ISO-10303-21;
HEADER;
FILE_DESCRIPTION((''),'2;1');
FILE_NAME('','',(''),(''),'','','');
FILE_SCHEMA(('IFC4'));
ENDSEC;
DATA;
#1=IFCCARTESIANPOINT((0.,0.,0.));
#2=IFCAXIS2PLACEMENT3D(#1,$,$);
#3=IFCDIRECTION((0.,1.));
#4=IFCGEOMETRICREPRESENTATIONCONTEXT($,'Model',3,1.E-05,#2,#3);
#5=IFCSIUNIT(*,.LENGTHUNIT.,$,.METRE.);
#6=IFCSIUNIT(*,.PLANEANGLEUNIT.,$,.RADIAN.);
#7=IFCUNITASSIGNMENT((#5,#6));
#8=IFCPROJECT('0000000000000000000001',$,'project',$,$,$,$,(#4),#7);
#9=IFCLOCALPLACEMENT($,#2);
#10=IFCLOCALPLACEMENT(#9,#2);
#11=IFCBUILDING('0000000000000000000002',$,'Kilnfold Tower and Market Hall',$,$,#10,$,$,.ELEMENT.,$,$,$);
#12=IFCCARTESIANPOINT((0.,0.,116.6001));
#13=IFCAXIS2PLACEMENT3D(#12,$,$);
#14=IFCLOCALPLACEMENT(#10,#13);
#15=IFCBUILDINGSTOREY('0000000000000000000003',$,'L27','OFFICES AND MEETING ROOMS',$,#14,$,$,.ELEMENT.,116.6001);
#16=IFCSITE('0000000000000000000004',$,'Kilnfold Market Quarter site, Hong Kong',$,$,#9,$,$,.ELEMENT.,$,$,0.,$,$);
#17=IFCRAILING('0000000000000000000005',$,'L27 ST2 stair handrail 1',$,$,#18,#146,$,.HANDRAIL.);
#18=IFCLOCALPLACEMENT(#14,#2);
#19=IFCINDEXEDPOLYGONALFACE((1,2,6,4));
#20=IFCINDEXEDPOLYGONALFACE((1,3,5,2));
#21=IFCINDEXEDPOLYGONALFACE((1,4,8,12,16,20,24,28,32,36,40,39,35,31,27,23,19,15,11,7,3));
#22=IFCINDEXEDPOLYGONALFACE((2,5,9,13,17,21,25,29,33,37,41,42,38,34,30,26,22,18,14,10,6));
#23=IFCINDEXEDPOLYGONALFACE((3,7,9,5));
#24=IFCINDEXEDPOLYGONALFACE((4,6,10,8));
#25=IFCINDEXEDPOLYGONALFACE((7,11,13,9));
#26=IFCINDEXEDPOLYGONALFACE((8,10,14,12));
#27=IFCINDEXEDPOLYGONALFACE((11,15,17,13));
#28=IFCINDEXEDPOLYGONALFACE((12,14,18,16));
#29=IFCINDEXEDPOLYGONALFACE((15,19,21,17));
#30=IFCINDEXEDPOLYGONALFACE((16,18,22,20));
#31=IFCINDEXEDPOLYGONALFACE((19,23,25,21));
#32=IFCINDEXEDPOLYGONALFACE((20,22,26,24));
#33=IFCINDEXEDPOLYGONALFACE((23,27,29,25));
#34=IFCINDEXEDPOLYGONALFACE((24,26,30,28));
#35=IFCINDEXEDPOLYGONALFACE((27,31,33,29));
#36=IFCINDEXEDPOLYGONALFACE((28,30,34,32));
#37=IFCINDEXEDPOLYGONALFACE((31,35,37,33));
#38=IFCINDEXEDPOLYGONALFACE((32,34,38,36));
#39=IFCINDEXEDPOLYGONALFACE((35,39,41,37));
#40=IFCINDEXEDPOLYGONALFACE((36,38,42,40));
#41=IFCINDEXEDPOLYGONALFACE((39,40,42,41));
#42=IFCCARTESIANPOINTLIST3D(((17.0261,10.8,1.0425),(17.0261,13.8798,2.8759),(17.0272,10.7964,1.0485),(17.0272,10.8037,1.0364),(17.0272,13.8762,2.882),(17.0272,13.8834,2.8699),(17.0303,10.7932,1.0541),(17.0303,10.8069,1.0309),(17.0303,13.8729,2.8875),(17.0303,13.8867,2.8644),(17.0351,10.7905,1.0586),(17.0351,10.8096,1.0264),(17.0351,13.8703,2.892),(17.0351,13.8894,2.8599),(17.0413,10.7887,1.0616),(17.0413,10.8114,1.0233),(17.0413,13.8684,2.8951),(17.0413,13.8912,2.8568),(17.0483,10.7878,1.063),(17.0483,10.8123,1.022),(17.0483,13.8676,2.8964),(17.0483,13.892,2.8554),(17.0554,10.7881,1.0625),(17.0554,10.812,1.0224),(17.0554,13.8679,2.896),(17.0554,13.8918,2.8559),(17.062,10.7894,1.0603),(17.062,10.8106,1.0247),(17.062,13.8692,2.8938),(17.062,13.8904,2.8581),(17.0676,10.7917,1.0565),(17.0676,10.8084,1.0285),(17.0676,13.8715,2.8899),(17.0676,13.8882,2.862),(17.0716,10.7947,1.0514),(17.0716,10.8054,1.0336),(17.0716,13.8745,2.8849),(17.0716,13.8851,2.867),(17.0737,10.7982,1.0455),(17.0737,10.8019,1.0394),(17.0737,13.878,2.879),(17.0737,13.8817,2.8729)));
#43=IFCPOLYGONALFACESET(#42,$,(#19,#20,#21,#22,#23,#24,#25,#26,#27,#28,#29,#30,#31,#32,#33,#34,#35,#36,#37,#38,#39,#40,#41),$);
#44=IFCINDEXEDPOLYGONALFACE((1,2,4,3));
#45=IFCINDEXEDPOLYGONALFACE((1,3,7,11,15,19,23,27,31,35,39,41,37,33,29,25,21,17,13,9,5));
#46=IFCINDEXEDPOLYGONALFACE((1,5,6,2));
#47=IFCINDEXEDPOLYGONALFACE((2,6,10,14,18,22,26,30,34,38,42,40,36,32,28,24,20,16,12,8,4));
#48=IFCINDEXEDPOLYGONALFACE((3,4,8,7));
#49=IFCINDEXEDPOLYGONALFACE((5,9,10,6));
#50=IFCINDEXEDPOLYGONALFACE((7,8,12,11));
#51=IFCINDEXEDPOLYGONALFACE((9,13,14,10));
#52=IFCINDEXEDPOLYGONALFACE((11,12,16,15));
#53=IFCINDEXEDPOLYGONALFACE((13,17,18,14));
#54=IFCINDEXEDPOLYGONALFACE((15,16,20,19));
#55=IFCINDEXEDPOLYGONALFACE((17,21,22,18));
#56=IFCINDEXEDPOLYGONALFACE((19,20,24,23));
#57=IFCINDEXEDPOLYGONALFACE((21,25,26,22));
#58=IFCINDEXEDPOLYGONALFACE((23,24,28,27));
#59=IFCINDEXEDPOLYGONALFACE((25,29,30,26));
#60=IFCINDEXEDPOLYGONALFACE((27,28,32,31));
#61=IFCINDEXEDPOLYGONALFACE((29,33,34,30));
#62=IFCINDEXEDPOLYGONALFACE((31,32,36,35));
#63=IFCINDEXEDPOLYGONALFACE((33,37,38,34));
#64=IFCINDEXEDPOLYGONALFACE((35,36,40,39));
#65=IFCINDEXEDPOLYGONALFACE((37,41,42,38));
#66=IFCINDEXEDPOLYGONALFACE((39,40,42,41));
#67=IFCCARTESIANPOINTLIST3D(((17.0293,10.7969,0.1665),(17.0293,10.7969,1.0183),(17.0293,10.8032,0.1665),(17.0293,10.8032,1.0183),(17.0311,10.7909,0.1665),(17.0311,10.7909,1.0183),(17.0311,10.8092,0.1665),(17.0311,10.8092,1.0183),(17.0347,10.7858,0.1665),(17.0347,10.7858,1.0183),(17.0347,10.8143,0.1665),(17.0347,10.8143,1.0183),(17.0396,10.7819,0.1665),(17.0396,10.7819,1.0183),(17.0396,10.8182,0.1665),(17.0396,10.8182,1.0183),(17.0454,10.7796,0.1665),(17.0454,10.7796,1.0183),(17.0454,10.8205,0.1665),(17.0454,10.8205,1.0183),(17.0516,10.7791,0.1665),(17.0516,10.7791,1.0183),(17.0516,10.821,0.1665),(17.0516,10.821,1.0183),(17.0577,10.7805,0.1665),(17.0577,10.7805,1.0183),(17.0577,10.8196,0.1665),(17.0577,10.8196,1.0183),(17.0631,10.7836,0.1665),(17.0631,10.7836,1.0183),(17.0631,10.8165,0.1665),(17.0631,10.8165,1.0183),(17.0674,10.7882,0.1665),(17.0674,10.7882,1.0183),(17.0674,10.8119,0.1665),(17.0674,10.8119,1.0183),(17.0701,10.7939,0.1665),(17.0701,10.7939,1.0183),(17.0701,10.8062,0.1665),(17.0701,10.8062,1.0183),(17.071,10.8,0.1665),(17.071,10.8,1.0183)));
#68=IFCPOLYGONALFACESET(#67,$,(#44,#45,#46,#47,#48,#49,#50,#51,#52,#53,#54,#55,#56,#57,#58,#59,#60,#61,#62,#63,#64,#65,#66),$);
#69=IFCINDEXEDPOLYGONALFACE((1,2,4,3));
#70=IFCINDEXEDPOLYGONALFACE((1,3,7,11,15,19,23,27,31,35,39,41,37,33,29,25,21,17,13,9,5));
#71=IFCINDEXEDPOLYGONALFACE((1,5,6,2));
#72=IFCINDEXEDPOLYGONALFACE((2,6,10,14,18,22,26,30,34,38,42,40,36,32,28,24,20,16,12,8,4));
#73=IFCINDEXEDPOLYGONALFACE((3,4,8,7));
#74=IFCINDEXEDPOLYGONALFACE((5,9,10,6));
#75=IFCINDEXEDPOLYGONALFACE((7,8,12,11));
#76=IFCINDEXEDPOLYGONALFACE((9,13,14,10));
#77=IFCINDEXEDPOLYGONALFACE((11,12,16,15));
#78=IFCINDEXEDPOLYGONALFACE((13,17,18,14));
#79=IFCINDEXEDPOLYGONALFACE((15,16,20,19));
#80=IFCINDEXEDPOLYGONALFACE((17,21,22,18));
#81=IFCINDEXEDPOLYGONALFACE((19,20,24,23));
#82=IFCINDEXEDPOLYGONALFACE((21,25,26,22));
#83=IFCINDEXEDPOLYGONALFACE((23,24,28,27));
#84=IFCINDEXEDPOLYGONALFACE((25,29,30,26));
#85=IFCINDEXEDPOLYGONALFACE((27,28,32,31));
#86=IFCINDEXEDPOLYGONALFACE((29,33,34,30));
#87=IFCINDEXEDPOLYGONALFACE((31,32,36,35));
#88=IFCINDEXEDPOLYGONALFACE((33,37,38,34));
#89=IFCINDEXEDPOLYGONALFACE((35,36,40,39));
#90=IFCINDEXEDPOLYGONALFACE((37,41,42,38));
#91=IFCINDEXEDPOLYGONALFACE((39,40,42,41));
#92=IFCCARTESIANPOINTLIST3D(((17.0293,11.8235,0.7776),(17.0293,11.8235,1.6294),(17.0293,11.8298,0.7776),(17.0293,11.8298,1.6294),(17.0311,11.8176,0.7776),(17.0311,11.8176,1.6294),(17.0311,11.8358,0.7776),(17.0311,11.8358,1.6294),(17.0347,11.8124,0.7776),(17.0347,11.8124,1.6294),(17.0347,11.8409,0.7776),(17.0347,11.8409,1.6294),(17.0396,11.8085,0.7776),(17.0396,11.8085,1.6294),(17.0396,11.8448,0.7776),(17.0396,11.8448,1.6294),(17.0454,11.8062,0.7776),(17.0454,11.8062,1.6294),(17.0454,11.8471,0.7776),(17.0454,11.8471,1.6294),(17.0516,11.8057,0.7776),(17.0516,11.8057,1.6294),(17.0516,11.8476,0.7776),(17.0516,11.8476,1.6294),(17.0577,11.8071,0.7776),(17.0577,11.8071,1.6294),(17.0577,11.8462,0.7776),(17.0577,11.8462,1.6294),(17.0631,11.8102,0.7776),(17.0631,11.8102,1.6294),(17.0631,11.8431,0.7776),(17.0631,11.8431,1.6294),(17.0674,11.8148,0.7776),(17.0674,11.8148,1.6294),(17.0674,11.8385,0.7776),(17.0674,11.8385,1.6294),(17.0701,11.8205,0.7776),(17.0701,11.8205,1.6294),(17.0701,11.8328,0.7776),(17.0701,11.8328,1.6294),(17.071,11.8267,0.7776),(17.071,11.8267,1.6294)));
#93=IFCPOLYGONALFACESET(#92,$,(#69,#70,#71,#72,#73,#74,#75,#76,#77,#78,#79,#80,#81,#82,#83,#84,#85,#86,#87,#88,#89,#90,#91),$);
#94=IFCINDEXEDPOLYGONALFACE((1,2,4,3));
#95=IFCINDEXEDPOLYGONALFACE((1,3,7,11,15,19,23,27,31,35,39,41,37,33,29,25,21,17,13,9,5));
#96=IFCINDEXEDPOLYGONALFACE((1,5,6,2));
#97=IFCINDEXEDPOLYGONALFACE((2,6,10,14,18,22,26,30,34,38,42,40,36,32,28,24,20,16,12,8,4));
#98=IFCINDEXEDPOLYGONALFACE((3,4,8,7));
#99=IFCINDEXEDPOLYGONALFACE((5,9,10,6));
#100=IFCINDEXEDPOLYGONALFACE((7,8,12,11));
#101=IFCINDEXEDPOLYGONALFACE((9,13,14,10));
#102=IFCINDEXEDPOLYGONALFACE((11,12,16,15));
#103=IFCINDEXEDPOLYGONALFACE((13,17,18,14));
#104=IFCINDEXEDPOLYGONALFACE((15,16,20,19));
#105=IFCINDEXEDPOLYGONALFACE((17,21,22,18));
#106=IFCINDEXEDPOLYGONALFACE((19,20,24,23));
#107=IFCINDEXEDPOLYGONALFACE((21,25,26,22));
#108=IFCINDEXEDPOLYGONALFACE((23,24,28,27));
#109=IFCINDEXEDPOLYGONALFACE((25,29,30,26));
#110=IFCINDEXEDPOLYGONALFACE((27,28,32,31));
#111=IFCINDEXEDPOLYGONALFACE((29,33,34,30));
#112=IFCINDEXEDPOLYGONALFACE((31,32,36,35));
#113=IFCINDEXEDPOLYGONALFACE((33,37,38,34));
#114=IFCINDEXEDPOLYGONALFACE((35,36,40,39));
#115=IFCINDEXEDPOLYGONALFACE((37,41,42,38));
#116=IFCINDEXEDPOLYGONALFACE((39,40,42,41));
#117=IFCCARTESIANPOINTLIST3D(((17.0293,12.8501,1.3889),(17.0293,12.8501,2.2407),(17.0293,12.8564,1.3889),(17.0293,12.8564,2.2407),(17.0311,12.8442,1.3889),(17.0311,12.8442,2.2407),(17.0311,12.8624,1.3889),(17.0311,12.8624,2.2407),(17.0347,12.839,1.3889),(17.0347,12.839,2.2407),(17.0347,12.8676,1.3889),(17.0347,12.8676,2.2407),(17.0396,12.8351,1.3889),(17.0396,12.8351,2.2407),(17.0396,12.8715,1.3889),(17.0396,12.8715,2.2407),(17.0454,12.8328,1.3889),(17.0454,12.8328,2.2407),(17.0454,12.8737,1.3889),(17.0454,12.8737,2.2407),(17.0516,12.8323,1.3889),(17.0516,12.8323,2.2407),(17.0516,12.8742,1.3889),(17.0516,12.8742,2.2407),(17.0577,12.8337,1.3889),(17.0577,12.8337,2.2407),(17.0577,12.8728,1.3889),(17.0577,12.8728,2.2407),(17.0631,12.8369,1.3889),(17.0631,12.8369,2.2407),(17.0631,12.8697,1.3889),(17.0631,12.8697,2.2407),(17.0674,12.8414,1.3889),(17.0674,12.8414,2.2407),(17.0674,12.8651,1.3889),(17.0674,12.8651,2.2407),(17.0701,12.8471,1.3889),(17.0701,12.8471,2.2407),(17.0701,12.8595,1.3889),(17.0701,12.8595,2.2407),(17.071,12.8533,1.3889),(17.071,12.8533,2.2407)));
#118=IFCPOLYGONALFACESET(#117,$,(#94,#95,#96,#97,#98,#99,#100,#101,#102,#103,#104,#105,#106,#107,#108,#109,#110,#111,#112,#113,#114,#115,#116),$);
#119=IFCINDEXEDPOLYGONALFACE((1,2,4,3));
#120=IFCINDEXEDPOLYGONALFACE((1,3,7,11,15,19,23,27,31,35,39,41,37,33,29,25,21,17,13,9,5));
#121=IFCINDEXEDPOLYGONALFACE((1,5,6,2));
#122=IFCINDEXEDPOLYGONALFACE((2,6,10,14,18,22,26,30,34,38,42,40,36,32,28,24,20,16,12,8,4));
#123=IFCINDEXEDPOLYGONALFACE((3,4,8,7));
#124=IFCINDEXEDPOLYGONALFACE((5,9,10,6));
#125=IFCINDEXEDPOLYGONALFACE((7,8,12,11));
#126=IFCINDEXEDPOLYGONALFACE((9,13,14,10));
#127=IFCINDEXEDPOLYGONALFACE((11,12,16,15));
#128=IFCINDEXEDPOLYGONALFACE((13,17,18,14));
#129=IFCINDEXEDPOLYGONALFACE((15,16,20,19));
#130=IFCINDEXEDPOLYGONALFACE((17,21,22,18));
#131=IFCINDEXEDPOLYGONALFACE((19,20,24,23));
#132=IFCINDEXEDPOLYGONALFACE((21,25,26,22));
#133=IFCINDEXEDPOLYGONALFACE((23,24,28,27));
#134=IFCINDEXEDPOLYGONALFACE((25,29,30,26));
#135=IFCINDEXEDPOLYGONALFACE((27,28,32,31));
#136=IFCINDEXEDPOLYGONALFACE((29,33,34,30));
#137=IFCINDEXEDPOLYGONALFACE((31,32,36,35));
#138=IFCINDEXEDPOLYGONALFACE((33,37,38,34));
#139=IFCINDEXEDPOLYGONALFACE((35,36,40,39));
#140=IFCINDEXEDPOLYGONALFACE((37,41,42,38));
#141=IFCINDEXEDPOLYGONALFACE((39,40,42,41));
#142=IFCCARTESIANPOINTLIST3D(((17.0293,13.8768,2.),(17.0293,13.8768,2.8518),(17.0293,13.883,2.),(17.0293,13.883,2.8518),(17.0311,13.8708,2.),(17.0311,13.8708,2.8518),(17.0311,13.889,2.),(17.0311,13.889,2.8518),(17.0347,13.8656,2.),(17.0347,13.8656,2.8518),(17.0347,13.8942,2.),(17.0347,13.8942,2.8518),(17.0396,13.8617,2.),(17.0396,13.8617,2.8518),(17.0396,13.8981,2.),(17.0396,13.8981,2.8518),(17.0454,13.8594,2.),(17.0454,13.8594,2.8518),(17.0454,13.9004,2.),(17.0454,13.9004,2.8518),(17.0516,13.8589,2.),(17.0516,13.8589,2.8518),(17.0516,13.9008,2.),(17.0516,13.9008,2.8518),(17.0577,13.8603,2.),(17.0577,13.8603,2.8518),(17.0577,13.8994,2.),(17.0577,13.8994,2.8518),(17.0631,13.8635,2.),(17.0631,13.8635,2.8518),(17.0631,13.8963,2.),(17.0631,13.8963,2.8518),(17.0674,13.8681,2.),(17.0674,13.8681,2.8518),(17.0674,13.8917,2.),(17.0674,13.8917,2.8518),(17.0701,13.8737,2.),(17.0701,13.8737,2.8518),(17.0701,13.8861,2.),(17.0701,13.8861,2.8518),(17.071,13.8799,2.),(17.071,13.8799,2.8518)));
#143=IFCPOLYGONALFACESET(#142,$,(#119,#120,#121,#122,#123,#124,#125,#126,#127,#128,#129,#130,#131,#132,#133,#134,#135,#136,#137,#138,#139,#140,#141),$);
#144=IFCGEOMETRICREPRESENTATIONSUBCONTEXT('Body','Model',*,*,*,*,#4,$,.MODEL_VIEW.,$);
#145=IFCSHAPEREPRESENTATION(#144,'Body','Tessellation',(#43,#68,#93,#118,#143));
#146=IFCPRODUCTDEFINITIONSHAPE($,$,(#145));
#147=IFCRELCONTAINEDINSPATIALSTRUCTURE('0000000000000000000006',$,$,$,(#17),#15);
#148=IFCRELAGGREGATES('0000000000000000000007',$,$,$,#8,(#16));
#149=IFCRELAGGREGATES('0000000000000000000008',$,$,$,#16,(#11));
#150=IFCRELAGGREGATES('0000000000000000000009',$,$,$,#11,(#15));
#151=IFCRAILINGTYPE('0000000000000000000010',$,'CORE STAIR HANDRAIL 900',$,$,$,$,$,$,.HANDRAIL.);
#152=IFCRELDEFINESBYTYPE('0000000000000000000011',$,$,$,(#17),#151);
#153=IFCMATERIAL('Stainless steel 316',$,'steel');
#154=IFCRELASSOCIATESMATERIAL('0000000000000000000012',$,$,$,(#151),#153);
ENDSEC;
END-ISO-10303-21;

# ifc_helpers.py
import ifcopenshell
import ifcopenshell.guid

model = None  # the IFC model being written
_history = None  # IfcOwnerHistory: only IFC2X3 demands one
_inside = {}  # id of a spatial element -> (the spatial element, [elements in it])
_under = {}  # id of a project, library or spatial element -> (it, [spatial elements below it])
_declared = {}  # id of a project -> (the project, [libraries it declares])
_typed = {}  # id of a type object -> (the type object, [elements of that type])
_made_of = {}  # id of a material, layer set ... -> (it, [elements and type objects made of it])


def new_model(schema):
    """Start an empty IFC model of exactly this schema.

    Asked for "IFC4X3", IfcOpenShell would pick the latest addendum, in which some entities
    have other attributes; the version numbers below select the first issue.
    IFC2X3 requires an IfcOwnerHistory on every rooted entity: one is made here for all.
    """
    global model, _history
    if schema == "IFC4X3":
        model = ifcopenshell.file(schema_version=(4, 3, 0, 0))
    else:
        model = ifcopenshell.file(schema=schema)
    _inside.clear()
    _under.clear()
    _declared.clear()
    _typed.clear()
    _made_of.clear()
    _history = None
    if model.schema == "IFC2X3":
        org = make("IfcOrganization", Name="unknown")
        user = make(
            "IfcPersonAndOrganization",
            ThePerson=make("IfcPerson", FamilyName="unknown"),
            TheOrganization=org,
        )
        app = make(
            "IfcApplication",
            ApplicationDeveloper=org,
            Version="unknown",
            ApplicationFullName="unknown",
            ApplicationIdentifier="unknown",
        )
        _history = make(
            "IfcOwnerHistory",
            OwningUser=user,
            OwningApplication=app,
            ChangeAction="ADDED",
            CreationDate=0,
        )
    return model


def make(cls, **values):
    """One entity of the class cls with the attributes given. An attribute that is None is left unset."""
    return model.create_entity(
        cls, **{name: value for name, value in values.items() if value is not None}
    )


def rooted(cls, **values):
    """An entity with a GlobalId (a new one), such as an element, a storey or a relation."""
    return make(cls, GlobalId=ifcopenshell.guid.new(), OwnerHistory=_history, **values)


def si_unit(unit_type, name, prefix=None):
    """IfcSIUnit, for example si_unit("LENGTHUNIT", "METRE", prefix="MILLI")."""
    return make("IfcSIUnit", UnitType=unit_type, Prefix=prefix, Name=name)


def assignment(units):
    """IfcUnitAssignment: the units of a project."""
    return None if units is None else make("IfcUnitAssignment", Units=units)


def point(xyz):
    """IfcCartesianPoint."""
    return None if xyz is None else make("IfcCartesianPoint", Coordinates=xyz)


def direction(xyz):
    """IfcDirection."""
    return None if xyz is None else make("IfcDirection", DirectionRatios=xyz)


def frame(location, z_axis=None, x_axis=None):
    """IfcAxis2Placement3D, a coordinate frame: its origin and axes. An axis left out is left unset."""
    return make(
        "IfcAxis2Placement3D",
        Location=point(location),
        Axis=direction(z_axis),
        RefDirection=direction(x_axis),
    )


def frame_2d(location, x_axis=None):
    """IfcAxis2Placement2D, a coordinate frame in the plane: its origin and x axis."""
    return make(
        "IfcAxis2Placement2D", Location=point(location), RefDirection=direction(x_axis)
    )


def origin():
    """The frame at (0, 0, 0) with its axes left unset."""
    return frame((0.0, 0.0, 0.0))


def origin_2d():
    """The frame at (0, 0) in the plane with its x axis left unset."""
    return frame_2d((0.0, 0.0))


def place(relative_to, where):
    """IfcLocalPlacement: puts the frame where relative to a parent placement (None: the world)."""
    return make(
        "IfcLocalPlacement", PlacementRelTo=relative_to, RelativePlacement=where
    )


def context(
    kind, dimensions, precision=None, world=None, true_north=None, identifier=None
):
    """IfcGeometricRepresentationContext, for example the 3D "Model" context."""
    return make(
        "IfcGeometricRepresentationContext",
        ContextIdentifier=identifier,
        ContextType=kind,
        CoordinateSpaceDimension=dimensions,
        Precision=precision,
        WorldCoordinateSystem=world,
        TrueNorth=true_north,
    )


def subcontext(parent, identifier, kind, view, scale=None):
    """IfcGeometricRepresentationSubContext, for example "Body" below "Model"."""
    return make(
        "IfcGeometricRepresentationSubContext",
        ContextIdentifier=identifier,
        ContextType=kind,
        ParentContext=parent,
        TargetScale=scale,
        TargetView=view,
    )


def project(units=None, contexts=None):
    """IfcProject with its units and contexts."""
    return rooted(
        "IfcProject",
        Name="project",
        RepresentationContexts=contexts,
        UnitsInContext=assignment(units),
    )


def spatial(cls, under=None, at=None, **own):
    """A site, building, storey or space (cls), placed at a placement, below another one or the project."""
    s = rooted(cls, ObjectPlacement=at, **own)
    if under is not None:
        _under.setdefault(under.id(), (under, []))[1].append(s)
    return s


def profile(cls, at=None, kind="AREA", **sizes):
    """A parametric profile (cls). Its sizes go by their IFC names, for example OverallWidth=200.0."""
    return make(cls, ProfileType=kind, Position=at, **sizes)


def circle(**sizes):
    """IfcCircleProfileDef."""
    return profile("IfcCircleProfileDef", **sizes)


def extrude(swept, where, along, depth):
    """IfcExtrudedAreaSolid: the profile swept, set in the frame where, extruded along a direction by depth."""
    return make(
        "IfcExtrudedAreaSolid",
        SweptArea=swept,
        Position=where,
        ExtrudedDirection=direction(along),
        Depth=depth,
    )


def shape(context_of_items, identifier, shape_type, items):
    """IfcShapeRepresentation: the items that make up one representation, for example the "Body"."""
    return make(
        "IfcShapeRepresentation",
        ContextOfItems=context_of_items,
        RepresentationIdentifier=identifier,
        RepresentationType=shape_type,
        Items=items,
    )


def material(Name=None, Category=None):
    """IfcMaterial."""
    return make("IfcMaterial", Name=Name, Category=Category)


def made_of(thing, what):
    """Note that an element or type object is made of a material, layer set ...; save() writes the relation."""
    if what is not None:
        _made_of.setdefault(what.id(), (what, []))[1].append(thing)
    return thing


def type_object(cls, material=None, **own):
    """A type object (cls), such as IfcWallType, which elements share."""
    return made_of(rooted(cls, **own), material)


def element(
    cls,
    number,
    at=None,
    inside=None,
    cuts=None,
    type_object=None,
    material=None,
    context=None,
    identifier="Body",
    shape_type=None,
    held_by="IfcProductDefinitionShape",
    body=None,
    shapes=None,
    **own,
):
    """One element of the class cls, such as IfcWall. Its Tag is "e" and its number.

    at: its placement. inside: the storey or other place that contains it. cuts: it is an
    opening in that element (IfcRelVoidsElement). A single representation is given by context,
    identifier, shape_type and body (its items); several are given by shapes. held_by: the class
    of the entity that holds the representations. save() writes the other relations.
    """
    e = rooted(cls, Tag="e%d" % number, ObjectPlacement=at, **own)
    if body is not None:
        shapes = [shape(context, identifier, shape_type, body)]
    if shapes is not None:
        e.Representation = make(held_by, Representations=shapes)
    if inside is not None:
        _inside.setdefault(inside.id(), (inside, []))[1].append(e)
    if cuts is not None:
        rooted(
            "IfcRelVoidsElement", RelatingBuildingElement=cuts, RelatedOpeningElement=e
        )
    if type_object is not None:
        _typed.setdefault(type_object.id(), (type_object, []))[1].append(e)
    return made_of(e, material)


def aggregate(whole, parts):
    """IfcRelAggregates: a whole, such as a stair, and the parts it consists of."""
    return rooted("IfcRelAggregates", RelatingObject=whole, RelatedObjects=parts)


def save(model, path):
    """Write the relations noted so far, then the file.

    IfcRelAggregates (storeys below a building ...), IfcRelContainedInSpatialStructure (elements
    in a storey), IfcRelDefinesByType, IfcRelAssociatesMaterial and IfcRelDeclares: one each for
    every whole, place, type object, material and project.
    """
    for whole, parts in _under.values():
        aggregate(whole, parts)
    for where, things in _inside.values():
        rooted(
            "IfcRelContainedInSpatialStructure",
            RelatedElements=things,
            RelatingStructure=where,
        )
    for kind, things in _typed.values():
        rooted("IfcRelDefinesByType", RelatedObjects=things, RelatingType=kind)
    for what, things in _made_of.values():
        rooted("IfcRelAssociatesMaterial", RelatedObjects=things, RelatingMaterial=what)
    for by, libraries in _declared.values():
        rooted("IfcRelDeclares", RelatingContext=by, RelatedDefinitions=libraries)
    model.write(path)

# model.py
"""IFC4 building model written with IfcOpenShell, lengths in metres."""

from ifc_helpers import new_model, si_unit, direction, frame, origin, origin_2d, place, context, subcontext, project, spatial, circle, extrude, material, type_object, element, save


model = new_model("IFC4")

# Units and contexts
model_context = context("Model", 3, precision=1e-05, world=origin(), true_north=direction((0.0, 1.0)))
body_context = subcontext(model_context, "Body", "Model", "MODEL_VIEW")
ifc_project = project(units=[si_unit("LENGTHUNIT", "METRE"), si_unit("PLANEANGLEUNIT", "RADIAN")], contexts=[model_context])

# Site, building, storey
site_placement = place(None, origin())
site = spatial("IfcSite", under=ifc_project, at=site_placement, Name="Kilnfold Market Quarter site, Hong Kong", CompositionType="ELEMENT", RefElevation=0.0)
building_placement = place(site_placement, origin())
building = spatial("IfcBuilding", under=site, at=building_placement, Name="Kilnfold Tower and Market Hall", CompositionType="ELEMENT")
storey_placement = place(building_placement, frame((0.0, 0.0, 116.6001)))
storey = spatial("IfcBuildingStorey", under=building, at=storey_placement, Name="L27", Description="OFFICES AND MEETING ROOMS", CompositionType="ELEMENT", Elevation=116.6001)

# Railing
ifc_material_1 = material(Name="Stainless steel 316", Category="steel")
railing_type_1 = type_object("IfcRailingType", Name="CORE STAIR HANDRAIL 900", PredefinedType="HANDRAIL", material=ifc_material_1)
railing_1_placement = place(storey_placement, frame((17.05, 10.8, 0.1665)))
element("IfcRailing", 1, at=railing_1_placement, inside=storey, type_object=railing_type_1, Name="L27 ST2 stair handrail 1", PredefinedType="HANDRAIL", context=body_context, shape_type="SweptSolid", body=[
    extrude(circle(Radius=0.0239, at=origin_2d()), frame((0.0, 0.0, 0.876), z_axis=(0.0, 0.859261, 0.511538), x_axis=(-1.0, 0.0, 0.0)), (0.0, 0.0, 1.0), 3.5842),
    extrude(circle(Radius=0.021, at=origin_2d()), origin(), (0.0, 0.0, 1.0), 0.8518),
    extrude(circle(Radius=0.021, at=origin_2d()), frame((0.0, 1.0266, 0.6111)), (0.0, 0.0, 1.0), 0.8518),
    extrude(circle(Radius=0.021, at=origin_2d()), frame((0.0, 2.0532, 1.2224)), (0.0, 0.0, 1.0), 0.8518),
    extrude(circle(Radius=0.021, at=origin_2d()), frame((0.0, 3.0798, 1.8335)), (0.0, 0.0, 1.0), 0.8518),
])

save(model, "model.ifc")
